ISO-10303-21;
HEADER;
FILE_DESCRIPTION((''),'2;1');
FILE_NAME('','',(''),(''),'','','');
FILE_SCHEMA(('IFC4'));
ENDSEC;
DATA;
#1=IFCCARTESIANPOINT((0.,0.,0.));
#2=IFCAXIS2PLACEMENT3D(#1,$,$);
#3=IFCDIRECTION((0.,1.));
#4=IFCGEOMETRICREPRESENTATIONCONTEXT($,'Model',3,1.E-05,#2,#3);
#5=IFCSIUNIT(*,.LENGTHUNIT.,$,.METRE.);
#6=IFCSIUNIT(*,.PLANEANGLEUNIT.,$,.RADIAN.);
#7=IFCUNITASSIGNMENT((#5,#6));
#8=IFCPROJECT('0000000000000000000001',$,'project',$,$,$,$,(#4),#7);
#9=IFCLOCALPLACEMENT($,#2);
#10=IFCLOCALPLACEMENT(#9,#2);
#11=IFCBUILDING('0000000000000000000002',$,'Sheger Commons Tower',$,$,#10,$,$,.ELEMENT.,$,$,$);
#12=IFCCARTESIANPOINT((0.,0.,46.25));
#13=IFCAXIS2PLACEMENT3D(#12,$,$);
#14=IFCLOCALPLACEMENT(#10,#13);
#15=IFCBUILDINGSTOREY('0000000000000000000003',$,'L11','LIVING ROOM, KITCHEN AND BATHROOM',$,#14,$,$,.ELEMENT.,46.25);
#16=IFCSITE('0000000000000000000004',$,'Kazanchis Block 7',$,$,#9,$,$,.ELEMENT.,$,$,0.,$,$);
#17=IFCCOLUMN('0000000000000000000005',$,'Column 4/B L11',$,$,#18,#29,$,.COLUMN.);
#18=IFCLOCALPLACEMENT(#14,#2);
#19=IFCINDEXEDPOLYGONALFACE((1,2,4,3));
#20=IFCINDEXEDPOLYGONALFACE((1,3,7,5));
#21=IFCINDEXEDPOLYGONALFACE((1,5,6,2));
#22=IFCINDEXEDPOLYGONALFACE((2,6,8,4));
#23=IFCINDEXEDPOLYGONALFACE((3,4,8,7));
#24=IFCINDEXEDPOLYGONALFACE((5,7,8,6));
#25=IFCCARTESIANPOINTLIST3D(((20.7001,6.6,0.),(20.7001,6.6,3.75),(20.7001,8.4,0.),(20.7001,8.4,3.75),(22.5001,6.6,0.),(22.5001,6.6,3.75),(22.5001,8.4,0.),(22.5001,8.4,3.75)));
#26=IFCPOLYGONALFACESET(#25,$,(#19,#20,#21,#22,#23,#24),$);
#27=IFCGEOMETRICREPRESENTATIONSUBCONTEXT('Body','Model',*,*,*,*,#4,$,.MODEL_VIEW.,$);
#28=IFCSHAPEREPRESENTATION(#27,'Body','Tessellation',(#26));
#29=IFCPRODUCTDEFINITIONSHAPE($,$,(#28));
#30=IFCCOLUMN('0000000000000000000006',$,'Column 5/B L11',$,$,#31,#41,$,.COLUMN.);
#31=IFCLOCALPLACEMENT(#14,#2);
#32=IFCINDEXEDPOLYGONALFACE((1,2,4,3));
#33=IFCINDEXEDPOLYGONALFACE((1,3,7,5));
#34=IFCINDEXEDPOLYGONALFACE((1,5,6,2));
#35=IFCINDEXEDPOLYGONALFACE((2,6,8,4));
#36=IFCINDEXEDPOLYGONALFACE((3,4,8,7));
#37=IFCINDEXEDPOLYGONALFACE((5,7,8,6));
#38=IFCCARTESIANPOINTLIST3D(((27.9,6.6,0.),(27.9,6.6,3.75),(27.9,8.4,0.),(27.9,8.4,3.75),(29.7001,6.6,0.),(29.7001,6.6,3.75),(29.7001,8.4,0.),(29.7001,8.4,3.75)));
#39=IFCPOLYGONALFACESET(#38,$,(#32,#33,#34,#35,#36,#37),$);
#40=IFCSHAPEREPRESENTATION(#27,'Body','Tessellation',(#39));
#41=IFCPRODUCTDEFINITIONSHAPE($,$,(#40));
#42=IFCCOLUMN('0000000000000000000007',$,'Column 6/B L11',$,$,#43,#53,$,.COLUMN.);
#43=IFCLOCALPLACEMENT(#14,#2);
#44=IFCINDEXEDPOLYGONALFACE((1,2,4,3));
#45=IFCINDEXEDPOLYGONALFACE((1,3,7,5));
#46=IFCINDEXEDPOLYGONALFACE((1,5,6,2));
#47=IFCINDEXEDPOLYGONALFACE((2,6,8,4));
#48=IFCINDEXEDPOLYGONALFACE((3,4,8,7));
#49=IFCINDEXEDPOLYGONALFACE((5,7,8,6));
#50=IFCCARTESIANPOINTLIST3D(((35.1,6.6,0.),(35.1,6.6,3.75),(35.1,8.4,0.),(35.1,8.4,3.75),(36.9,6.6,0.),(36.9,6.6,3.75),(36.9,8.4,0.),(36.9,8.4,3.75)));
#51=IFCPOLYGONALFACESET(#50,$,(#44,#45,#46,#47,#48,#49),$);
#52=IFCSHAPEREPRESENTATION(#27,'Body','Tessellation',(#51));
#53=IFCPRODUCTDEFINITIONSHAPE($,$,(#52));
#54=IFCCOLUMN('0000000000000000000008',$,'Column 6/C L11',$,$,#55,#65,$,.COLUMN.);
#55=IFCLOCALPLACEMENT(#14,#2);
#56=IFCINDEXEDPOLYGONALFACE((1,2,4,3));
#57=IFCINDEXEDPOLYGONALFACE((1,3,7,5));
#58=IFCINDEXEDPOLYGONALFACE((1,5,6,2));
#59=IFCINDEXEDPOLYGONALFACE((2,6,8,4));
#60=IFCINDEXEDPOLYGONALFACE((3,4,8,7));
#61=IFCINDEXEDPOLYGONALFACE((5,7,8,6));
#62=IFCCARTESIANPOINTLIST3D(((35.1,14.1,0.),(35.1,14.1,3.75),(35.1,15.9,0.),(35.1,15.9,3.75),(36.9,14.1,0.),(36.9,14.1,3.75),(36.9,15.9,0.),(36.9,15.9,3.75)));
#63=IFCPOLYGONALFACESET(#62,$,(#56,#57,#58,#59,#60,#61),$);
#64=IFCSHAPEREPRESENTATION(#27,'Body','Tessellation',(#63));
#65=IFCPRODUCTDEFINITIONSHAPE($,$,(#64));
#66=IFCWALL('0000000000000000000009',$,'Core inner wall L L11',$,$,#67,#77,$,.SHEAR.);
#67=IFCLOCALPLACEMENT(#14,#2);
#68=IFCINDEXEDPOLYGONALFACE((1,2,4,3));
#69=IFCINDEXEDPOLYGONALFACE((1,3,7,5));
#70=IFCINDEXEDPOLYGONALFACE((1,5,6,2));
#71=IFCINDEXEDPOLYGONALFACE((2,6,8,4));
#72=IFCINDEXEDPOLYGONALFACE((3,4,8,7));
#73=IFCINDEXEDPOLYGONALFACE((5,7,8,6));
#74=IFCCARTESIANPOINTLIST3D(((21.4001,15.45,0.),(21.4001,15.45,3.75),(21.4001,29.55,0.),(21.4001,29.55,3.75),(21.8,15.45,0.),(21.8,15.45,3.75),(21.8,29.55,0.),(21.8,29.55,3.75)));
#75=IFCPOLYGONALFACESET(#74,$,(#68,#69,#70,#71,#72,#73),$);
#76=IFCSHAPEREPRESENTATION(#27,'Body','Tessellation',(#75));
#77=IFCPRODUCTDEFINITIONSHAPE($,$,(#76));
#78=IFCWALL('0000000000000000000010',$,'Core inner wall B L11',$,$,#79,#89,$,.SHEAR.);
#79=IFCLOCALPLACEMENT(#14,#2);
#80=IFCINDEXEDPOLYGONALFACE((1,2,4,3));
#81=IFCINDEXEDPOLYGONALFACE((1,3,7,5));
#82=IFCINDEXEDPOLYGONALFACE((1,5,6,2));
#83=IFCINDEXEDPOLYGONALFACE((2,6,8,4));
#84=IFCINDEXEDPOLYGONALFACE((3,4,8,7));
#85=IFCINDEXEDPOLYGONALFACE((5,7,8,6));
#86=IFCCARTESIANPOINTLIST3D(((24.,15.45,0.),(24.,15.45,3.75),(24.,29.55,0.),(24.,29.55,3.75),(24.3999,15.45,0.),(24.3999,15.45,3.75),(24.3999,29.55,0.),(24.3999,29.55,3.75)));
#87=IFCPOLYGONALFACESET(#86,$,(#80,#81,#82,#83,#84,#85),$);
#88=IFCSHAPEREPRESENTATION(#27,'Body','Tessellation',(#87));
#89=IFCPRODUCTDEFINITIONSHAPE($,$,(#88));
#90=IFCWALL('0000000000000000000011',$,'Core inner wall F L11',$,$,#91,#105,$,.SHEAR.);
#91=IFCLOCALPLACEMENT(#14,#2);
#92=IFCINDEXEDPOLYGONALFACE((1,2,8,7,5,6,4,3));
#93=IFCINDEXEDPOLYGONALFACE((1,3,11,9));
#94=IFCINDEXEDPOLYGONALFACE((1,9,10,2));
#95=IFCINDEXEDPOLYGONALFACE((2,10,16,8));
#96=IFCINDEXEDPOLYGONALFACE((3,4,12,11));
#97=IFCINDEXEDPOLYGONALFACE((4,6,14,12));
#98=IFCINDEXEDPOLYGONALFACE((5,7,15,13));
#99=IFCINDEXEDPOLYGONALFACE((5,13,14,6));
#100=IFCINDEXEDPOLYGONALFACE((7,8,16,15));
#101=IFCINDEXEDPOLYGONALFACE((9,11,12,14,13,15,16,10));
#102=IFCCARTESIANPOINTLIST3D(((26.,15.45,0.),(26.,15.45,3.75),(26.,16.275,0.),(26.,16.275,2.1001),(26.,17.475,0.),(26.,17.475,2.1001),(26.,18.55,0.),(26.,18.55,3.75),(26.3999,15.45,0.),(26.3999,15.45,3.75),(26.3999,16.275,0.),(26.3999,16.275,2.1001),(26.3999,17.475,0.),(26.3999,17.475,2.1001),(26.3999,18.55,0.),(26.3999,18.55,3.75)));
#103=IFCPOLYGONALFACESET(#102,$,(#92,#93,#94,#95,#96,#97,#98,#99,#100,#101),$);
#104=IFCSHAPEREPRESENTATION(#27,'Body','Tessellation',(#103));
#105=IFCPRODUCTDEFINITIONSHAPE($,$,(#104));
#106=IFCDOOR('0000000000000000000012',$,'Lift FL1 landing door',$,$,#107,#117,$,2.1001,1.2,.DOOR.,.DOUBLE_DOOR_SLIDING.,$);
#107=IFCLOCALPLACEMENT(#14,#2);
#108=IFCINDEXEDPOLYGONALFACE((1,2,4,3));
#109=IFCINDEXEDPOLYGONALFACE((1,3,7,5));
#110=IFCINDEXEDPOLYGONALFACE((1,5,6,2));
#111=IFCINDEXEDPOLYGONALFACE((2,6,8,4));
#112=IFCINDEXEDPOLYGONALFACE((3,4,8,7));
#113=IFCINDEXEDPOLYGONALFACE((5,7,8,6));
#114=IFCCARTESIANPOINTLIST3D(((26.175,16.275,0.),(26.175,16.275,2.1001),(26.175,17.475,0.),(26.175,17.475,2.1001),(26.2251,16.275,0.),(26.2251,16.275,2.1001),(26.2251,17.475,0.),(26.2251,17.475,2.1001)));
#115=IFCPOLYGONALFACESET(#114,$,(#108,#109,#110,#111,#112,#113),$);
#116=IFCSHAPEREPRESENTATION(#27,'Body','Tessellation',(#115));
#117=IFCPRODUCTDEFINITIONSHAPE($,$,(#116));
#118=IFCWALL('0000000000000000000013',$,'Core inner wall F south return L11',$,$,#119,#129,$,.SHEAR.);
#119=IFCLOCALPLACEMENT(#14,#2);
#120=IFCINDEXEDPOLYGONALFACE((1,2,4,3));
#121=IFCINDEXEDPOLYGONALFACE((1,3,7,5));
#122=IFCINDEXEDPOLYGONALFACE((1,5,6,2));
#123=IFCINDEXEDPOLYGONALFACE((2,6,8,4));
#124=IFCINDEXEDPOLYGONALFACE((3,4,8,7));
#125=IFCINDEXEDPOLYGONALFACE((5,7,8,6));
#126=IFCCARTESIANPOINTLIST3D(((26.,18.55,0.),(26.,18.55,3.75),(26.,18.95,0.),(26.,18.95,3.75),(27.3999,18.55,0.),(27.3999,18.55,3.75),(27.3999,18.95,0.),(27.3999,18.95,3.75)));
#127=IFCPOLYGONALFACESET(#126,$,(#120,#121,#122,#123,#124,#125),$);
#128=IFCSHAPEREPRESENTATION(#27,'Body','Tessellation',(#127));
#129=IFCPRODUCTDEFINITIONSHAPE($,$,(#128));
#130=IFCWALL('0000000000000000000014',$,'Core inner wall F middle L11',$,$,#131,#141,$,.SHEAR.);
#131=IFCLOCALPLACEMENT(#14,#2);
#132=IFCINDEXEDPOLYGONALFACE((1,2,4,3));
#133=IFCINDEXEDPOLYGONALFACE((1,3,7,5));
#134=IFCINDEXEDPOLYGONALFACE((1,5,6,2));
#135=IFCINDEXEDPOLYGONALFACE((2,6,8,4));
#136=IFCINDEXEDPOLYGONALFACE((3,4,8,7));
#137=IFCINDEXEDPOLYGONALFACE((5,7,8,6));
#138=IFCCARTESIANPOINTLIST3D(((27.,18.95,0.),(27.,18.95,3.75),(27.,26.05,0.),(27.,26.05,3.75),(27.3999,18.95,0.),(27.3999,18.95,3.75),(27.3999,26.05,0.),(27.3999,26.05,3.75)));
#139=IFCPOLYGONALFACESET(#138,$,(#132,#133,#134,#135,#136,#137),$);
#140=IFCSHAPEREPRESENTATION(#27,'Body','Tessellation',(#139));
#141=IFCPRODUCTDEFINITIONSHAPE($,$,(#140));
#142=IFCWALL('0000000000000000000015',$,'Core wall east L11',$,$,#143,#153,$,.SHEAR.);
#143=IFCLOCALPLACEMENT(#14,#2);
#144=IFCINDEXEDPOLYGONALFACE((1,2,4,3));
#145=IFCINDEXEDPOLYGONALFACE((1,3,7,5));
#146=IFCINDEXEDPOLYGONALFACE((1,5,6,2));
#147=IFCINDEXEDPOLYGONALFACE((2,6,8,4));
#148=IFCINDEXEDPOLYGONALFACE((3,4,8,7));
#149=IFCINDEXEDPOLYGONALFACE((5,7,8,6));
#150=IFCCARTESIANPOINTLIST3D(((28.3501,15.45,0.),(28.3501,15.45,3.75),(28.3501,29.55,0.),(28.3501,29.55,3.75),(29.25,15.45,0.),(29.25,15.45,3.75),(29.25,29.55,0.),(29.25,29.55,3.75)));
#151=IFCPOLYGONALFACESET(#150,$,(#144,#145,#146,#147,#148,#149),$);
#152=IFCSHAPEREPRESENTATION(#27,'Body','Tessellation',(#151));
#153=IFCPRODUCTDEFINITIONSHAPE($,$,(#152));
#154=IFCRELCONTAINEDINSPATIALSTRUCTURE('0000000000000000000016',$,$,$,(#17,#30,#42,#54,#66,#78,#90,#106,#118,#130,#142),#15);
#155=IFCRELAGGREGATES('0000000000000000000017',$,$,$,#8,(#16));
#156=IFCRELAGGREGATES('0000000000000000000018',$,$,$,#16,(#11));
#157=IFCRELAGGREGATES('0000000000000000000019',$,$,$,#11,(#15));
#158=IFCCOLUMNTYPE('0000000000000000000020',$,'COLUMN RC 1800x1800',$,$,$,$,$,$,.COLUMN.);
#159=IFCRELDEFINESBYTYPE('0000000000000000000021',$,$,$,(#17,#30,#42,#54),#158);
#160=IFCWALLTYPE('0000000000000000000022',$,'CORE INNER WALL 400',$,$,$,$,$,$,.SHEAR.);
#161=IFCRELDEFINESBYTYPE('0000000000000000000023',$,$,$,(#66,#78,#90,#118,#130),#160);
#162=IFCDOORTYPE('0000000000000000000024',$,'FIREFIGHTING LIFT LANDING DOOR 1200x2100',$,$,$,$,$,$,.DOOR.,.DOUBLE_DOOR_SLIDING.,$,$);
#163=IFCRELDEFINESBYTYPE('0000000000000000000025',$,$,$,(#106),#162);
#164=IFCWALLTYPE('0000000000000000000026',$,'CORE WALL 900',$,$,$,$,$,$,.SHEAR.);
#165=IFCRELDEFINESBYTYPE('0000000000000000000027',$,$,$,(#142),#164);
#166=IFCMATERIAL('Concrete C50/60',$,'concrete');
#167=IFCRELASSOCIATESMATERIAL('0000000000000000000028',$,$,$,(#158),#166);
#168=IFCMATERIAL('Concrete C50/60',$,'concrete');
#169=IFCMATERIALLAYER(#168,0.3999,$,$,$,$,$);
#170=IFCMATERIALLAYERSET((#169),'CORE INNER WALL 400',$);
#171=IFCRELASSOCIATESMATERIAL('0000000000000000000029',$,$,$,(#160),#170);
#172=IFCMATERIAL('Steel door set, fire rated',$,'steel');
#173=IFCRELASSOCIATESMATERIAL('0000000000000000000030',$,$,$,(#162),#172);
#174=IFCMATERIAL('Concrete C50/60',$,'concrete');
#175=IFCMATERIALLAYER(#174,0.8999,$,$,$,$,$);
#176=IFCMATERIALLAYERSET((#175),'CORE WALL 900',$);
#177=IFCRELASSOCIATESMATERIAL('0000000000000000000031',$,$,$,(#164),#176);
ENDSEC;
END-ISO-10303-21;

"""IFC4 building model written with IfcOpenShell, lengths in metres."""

from ifc_helpers import new_model, si_unit, direction, frame, frame_2d, origin, origin_2d, place, context, subcontext, project, spatial, rectangle, extrude, material, layer, layer_set, material_profile, profile_set, type_object, element, fill, save


model = new_model("IFC4")

# Units and contexts
model_context = context("Model", 3, precision=1e-05, world=origin(), true_north=direction((0.0, 1.0)))
body_context = subcontext(model_context, "Body", "Model", "MODEL_VIEW")
ifc_project = project(units=[si_unit("LENGTHUNIT", "METRE"), si_unit("PLANEANGLEUNIT", "RADIAN")], contexts=[model_context])

# Site, building, storey
site_placement = place(None, origin())
site = spatial("IfcSite", under=ifc_project, at=site_placement, Name="Kazanchis Block 7", CompositionType="ELEMENT", RefElevation=0.0)
building_placement = place(site_placement, origin())
building = spatial("IfcBuilding", under=site, at=building_placement, Name="Sheger Commons Tower", CompositionType="ELEMENT")
storey_placement = place(building_placement, frame((0.0, 0.0, 46.25)))
storey = spatial("IfcBuildingStorey", under=building, at=storey_placement, Name="L11", Description="LIVING ROOM, KITCHEN AND BATHROOM", CompositionType="ELEMENT", Elevation=46.25)

# Columns
ifc_material_1 = material(Name="Concrete C50/60", Category="concrete")
ifc_material_profile = material_profile(ifc_material_1, rectangle(XDim=1.8, YDim=1.8, at=origin_2d()), Name="RC 1800x1800")
ifc_profile_set = profile_set([ifc_material_profile], Name="Concrete C50/60")
column_type = type_object("IfcColumnType", Name="COLUMN RC 1800x1800", PredefinedType="COLUMN", material=ifc_profile_set)
for number, where, z_axis, x_axis, name in (
    (1, (21.6001, 7.5, 0.0), (0.0, 0.0, 1.0), (1.0, 0.0, 0.0), "Column 4/B L11"),
    (2, (28.8, 7.5, 0.0), (0.0, 0.0, 1.0), (1.0, 0.0, 0.0), "Column 5/B L11"),
    (3, (36.0, 7.5, 0.0), (0.0, 0.0, 1.0), (1.0, 0.0, 0.0), "Column 6/B L11"),
    (4, (36.0, 15.0, 0.0), (0.0, 0.0, 1.0), (1.0, 0.0, 0.0), "Column 6/C L11"),
):
    element("IfcColumn", number, at=place(storey_placement, frame(where, z_axis=z_axis, x_axis=x_axis)), inside=storey, type_object=column_type, Name=name, PredefinedType="COLUMN", context=body_context, shape_type="SweptSolid", body=[
        extrude(rectangle(XDim=1.8, YDim=1.8, at=origin_2d()), origin(), (0.0, 0.0, 1.0), 3.75),
    ])

# Walls
ifc_material_2 = material(Name="Concrete C50/60", Category="concrete")
ifc_layer_1 = layer(ifc_material_2, 0.3999)
ifc_layer_set_1 = layer_set([ifc_layer_1], Name="CORE INNER WALL 400")
wall_type_1 = type_object("IfcWallType", Name="CORE INNER WALL 400", PredefinedType="SHEAR", material=ifc_layer_set_1)
for number, where, z_axis, x_axis, name in (
    (5, (21.6001, 15.45, 0.0), (0.0, 0.0, 1.0), (0.0, 1.0, 0.0), "Core inner wall L L11"),
    (6, (24.2, 15.45, 0.0), (0.0, 0.0, 1.0), (0.0, 1.0, 0.0), "Core inner wall B L11"),
):
    element("IfcWall", number, at=place(storey_placement, frame(where, z_axis=z_axis, x_axis=x_axis)), inside=storey, type_object=wall_type_1, Name=name, PredefinedType="SHEAR", context=body_context, shape_type="SweptSolid", body=[
        extrude(rectangle(XDim=14.1001, YDim=0.3999, at=frame_2d((7.05, 0.0))), origin(), (0.0, 0.0, 1.0), 3.75),
    ])

# Wall, opening, door
wall_1_placement = place(storey_placement, frame((26.2, 15.45, 0.0), z_axis=(0.0, 0.0, 1.0), x_axis=(0.0, 1.0, 0.0)))
wall_1 = element("IfcWall", 7, at=wall_1_placement, inside=storey, type_object=wall_type_1, Name="Core inner wall F L11", PredefinedType="SHEAR", context=body_context, shape_type="SweptSolid", body=[
    extrude(rectangle(XDim=3.1001, YDim=0.3999, at=frame_2d((1.55, 0.0))), origin(), (0.0, 0.0, 1.0), 3.75),
])
opening_1_placement = place(wall_1_placement, frame((0.825, 0.0, 0.0)))
opening_1 = element("IfcOpeningElement", 8, at=opening_1_placement, cuts=wall_1, PredefinedType="OPENING", context=body_context, shape_type="SweptSolid", body=[
    extrude(rectangle(XDim=1.2, YDim=2.1001, at=frame_2d((0.6001, 1.05))), frame((0.0, 0.21, 0.0), z_axis=(0.0, -1.0, 0.0), x_axis=(1.0, 0.0, 0.0)), (0.0, 0.0, 1.0), 0.4199),
])
ifc_material_3 = material(Name="Steel door set, fire rated", Category="steel")
door_type_1 = type_object("IfcDoorType", Name="FIREFIGHTING LIFT LANDING DOOR 1200x2100", OperationType="DOUBLE_DOOR_SLIDING", PredefinedType="DOOR", material=ifc_material_3)
door_1_placement = place(opening_1_placement, origin())
door_1 = element("IfcDoor", 9, at=door_1_placement, inside=storey, type_object=door_type_1, Name="Lift FL1 landing door", OperationType="DOUBLE_DOOR_SLIDING", OverallHeight=2.1001, OverallWidth=1.2, PredefinedType="DOOR", context=body_context, shape_type="SweptSolid", body=[
    extrude(rectangle(XDim=1.2, YDim=2.1001, at=frame_2d((0.6001, 1.05))), frame((0.0, 0.0249, 0.0), z_axis=(0.0, -1.0, 0.0), x_axis=(1.0, 0.0, 0.0)), (0.0, 0.0, 1.0), 0.05),
])
fill(opening_1, door_1)

# Walls
wall_2_placement = place(storey_placement, frame((26.0, 18.75, 0.0), z_axis=(0.0, 0.0, 1.0), x_axis=(1.0, 0.0, 0.0)))
element("IfcWall", 10, at=wall_2_placement, inside=storey, type_object=wall_type_1, Name="Core inner wall F south return L11", PredefinedType="SHEAR", context=body_context, shape_type="SweptSolid", body=[
    extrude(rectangle(XDim=1.3999, YDim=0.3999, at=frame_2d((0.7, 0.0))), origin(), (0.0, 0.0, 1.0), 3.75),
])
wall_3_placement = place(storey_placement, frame((27.2, 18.95, 0.0), z_axis=(0.0, 0.0, 1.0), x_axis=(0.0, 1.0, 0.0)))
element("IfcWall", 11, at=wall_3_placement, inside=storey, type_object=wall_type_1, Name="Core inner wall F middle L11", PredefinedType="SHEAR", context=body_context, shape_type="SweptSolid", body=[
    extrude(rectangle(XDim=7.1001, YDim=0.3999, at=frame_2d((3.55, 0.0))), origin(), (0.0, 0.0, 1.0), 3.75),
])
ifc_material_4 = material(Name="Concrete C50/60", Category="concrete")
ifc_layer_2 = layer(ifc_material_4, 0.8999)
ifc_layer_set_2 = layer_set([ifc_layer_2], Name="CORE WALL 900")
wall_type_2 = type_object("IfcWallType", Name="CORE WALL 900", PredefinedType="SHEAR", material=ifc_layer_set_2)
wall_4_placement = place(storey_placement, frame((28.8, 15.45, 0.0), z_axis=(0.0, 0.0, 1.0), x_axis=(0.0, 1.0, 0.0)))
element("IfcWall", 12, at=wall_4_placement, inside=storey, type_object=wall_type_2, Name="Core wall east L11", PredefinedType="SHEAR", context=body_context, shape_type="SweptSolid", body=[
    extrude(rectangle(XDim=14.1001, YDim=0.8999, at=frame_2d((7.05, 0.0))), origin(), (0.0, 0.0, 1.0), 3.75),
])

save(model, "model.ifc")
